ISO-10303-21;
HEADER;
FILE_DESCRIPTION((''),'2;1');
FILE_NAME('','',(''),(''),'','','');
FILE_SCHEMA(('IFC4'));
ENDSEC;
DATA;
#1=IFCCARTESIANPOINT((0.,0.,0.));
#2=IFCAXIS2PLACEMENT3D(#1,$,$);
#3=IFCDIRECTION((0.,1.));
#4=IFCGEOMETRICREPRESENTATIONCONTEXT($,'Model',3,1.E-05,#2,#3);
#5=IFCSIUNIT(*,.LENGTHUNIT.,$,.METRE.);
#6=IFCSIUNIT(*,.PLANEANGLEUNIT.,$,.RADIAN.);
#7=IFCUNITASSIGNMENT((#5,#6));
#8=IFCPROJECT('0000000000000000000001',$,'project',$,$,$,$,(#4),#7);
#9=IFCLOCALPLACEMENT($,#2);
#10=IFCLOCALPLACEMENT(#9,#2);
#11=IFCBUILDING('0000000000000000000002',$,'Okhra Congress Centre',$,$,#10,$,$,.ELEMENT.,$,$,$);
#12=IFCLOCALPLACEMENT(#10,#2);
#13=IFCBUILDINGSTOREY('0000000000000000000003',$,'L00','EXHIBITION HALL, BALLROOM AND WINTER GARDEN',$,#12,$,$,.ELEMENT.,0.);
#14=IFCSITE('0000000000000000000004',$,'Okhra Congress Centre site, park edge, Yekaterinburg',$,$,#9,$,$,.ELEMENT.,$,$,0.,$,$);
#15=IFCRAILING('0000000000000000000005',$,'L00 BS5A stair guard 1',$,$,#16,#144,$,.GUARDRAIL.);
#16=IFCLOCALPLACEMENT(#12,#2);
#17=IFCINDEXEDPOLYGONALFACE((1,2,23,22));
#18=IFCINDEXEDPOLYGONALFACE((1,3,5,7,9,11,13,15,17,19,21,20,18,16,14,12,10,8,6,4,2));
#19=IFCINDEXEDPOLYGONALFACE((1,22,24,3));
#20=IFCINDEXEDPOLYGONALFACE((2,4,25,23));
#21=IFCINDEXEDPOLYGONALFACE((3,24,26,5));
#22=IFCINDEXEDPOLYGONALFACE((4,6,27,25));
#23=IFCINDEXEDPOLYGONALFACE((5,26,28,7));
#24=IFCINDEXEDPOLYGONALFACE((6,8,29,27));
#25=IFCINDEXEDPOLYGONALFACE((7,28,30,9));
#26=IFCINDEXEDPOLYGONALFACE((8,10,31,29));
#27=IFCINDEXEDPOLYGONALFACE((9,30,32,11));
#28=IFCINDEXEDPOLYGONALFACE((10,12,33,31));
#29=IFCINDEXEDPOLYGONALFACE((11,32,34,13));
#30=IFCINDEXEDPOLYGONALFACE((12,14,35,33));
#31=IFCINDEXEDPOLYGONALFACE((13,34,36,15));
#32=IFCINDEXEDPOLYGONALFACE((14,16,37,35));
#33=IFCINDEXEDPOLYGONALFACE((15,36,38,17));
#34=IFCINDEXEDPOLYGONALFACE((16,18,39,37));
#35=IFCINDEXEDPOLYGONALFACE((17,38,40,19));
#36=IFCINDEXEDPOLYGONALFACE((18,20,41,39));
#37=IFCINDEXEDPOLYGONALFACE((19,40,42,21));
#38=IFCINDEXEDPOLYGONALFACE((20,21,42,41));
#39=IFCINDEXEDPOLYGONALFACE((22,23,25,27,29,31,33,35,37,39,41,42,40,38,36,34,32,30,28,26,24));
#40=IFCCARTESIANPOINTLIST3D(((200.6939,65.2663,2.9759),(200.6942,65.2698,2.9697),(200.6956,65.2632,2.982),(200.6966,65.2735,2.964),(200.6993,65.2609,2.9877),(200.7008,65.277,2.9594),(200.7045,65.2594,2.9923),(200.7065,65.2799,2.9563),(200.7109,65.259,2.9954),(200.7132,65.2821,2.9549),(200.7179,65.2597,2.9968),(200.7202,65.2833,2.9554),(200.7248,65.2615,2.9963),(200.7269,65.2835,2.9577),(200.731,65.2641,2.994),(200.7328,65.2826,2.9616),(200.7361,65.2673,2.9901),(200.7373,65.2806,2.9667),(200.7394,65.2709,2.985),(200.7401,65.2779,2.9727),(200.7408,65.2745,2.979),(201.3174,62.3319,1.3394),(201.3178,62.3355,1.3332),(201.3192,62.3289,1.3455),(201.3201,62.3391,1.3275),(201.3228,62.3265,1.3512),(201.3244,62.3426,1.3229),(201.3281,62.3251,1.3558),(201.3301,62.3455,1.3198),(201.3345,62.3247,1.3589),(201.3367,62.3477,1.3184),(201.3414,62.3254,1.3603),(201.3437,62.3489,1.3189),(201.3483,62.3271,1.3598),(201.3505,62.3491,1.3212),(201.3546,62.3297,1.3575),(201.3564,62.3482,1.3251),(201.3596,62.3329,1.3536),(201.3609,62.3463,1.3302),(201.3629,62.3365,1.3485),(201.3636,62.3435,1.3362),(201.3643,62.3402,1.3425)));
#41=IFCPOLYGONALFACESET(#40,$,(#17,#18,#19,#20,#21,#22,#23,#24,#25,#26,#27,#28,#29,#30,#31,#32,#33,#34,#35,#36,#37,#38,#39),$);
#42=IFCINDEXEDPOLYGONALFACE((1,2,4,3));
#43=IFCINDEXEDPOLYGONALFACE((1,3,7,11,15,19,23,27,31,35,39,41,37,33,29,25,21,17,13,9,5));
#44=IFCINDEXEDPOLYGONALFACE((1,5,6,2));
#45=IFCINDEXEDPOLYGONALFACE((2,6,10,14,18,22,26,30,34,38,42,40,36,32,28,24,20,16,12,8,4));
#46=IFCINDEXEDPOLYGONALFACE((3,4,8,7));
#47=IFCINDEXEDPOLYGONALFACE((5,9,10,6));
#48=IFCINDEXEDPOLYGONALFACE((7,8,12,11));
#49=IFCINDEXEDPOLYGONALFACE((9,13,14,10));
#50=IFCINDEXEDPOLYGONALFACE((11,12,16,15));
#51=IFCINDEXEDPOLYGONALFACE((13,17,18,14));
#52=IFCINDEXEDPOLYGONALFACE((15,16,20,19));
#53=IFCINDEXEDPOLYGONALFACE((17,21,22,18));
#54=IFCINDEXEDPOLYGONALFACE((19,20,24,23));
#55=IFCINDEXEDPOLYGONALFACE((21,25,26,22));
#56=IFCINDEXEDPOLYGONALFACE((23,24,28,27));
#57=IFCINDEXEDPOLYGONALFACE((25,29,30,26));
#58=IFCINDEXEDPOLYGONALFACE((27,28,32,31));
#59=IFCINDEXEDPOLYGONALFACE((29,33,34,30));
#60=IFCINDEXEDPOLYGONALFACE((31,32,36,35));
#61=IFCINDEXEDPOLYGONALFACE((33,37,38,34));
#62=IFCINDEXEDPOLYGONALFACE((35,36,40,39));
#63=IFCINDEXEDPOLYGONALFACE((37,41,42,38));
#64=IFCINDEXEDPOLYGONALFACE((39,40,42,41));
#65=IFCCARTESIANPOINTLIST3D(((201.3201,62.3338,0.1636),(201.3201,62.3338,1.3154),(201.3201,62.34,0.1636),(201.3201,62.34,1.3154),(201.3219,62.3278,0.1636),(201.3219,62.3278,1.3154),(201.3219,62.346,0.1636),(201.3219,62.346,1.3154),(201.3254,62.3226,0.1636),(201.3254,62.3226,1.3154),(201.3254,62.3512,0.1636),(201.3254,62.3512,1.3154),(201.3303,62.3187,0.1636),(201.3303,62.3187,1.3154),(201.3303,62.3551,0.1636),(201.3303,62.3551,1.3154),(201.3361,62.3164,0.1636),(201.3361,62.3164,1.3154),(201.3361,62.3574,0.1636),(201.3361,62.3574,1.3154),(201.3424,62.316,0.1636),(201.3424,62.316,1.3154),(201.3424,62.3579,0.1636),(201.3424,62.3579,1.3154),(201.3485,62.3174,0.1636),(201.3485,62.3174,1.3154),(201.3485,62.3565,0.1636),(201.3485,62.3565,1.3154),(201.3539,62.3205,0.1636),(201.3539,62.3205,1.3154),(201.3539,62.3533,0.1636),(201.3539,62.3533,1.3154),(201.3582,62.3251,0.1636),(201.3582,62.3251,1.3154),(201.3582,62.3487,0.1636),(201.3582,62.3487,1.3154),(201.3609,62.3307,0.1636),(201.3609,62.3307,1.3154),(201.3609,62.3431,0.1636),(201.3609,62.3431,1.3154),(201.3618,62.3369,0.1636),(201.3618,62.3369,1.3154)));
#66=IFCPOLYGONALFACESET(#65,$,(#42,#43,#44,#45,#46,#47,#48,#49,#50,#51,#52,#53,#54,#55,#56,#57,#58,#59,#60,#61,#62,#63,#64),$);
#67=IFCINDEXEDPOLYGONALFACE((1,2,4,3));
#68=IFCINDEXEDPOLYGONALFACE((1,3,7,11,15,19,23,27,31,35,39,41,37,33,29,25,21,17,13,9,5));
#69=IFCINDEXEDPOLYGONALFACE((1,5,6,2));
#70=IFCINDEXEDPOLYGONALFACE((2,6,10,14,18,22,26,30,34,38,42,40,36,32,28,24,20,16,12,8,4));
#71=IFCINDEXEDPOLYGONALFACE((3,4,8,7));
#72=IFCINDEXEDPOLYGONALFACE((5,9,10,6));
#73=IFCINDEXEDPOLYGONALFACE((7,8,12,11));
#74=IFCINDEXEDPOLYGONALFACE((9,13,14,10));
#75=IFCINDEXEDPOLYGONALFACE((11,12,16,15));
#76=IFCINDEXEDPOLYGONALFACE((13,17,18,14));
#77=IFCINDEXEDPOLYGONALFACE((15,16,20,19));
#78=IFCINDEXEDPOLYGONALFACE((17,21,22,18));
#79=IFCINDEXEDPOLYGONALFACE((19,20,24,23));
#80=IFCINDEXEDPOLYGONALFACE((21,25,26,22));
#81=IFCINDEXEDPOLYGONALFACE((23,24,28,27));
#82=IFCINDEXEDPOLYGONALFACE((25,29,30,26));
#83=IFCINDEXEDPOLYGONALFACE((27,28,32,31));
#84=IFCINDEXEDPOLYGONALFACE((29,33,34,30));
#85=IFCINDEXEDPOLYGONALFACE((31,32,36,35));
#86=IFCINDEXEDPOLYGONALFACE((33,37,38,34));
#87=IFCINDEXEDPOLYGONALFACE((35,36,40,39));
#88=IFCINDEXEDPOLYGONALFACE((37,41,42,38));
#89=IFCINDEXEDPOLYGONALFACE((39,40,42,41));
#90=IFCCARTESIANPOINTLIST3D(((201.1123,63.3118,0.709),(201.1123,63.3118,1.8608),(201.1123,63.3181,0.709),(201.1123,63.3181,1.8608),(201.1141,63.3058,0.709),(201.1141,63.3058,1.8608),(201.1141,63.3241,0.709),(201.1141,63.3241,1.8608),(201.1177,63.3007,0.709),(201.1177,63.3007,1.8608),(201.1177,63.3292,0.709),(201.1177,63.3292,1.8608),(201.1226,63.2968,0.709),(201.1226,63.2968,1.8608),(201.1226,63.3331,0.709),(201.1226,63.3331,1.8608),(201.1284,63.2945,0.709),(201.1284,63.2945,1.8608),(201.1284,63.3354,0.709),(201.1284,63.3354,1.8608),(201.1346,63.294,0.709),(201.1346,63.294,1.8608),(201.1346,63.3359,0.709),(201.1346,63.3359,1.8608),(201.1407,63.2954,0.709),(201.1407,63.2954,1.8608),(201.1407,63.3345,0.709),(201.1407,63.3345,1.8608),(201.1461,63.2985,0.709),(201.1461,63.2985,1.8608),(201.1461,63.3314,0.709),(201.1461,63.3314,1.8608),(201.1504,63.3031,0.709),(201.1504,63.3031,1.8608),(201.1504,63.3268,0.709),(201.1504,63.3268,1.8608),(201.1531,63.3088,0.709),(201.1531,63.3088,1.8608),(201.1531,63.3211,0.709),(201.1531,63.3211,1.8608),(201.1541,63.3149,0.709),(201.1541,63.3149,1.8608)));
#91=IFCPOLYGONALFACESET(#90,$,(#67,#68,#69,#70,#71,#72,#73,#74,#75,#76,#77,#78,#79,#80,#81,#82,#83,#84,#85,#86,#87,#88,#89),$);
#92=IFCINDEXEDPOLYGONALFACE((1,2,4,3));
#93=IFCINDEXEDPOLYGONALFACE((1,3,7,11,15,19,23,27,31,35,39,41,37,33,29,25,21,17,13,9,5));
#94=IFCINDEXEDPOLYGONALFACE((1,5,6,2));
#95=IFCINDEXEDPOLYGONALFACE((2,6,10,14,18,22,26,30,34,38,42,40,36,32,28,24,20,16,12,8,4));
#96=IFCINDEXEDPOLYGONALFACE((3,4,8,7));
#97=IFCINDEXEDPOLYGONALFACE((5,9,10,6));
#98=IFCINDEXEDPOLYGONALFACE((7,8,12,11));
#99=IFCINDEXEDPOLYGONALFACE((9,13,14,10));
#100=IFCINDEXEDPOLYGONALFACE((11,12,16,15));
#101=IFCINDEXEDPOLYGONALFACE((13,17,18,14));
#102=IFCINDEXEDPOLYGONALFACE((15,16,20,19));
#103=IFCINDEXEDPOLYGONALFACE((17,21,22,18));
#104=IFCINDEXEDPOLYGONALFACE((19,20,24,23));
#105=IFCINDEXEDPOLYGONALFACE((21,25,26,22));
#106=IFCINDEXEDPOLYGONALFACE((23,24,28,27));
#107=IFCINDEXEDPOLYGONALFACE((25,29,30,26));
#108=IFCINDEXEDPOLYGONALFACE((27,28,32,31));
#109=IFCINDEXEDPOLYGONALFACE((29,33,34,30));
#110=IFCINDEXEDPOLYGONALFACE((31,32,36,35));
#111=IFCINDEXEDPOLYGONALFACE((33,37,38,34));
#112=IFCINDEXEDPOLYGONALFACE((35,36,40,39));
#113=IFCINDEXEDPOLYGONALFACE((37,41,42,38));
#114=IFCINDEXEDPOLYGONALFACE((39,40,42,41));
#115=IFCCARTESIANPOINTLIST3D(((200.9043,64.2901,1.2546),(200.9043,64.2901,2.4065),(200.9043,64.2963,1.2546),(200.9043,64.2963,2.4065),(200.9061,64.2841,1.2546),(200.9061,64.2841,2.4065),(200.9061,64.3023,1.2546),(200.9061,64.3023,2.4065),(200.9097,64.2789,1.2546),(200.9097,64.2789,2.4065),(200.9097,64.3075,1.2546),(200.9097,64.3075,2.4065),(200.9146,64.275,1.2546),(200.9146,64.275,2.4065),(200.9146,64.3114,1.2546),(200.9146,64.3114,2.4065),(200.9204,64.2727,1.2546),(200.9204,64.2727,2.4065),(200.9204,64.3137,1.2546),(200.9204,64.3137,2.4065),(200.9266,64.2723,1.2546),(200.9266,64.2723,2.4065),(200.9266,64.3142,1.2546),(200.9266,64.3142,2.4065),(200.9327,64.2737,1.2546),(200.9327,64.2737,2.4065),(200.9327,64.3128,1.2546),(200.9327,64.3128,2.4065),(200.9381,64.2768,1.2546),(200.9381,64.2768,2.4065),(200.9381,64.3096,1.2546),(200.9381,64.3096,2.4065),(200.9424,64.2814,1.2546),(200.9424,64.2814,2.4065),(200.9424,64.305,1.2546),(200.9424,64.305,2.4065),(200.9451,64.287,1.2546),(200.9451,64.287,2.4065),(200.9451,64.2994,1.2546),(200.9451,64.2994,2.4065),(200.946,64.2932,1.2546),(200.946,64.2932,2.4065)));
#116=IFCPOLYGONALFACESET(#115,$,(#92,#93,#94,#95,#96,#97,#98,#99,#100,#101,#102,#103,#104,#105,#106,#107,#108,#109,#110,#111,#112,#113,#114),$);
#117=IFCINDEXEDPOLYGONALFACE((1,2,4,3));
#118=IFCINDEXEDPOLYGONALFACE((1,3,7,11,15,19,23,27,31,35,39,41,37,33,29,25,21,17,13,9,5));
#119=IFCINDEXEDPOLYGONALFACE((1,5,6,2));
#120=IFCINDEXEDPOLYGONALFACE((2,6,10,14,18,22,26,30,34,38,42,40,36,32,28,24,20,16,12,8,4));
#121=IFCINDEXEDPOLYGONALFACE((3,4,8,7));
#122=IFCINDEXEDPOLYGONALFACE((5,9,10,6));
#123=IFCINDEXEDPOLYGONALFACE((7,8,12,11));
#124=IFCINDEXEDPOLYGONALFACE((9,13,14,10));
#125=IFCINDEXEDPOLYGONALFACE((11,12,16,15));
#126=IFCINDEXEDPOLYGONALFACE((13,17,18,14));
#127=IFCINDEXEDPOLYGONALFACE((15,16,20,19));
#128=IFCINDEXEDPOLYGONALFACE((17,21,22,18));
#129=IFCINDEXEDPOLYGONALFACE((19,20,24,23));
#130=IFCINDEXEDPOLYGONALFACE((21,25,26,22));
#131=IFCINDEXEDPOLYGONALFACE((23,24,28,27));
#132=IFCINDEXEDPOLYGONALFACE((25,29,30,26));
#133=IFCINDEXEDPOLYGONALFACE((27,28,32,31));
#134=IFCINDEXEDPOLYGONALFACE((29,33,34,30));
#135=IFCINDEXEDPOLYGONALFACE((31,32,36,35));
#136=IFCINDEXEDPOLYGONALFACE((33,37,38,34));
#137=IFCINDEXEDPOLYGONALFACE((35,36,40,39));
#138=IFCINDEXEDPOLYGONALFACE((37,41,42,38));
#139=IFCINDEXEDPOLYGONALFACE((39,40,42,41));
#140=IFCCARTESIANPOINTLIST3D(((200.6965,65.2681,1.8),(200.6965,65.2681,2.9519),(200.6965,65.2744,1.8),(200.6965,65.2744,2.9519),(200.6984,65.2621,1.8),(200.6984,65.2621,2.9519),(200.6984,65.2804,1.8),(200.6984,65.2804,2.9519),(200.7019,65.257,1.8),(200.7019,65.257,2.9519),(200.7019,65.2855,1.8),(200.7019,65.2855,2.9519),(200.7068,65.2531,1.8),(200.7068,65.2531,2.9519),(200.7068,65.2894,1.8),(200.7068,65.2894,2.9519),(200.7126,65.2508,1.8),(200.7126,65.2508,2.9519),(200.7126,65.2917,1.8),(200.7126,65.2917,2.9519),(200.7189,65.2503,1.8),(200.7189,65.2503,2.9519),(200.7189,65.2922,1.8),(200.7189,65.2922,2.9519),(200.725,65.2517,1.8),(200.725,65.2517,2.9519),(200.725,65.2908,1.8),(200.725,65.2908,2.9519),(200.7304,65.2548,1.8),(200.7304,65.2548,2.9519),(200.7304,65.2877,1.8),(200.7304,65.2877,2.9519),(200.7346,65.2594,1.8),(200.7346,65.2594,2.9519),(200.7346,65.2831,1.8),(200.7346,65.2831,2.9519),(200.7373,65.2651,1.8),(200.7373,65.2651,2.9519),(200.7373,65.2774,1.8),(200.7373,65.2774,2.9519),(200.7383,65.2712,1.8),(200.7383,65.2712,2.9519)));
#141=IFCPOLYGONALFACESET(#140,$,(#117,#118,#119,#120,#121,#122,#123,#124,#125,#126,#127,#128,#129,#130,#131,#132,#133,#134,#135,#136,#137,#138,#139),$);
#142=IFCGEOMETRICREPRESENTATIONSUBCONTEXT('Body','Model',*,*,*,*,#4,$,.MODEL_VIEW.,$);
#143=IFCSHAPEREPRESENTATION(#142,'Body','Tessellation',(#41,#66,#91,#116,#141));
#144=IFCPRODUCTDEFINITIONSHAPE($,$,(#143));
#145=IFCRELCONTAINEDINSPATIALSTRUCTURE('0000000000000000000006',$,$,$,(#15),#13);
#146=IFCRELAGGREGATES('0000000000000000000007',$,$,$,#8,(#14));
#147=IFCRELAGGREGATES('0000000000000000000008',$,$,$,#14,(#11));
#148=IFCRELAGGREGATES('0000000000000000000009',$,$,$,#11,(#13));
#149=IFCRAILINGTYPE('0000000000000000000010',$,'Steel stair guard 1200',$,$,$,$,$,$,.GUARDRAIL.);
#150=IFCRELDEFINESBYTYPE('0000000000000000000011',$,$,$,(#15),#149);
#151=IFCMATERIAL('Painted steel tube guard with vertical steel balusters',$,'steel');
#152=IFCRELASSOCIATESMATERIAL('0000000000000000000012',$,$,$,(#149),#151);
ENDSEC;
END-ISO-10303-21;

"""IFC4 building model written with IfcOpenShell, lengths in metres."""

from ifc_helpers import new_model, si_unit, direction, frame, origin, origin_2d, place, context, subcontext, project, spatial, circle, extrude, material, type_object, element, save


model = new_model("IFC4")

# Units and contexts
model_context = context("Model", 3, precision=1e-05, world=origin(), true_north=direction((0.0, 1.0)))
body_context = subcontext(model_context, "Body", "Model", "MODEL_VIEW")
ifc_project = project(units=[si_unit("LENGTHUNIT", "METRE"), si_unit("PLANEANGLEUNIT", "RADIAN")], contexts=[model_context])

# Site, building, storey
site_placement = place(None, origin())
site = spatial("IfcSite", under=ifc_project, at=site_placement, Name="Okhra Congress Centre site, park edge, Yekaterinburg", CompositionType="ELEMENT", RefElevation=0.0)
building_placement = place(site_placement, origin())
building = spatial("IfcBuilding", under=site, at=building_placement, Name="Okhra Congress Centre", CompositionType="ELEMENT")
storey_placement = place(building_placement, origin())
storey = spatial("IfcBuildingStorey", under=building, at=storey_placement, Name="L00", Description="EXHIBITION HALL, BALLROOM AND WINTER GARDEN", CompositionType="ELEMENT", Elevation=0.0)

# Railing
ifc_material_1 = material(Name="Painted steel tube guard with vertical steel balusters", Category="steel")
railing_type_1 = type_object("IfcRailingType", Name="Steel stair guard 1200", PredefinedType="GUARDRAIL", material=ifc_material_1)
railing_1_placement = place(storey_placement, frame((201.3408, 62.3369, 0.1636)))
element("IfcRailing", 1, at=railing_1_placement, inside=storey, type_object=railing_type_1, Name="L00 BS5A stair guard 1", PredefinedType="GUARDRAIL", context=body_context, shape_type="SweptSolid", body=[
    extrude(circle(Radius=0.0239, at=origin_2d()), frame((0.0, 0.0, 1.1758), z_axis=(-0.182471, 0.858698, 0.478896), x_axis=(-0.978159, -0.207856, 0.0)), (0.0, 0.0, 1.0), 3.4172),
    extrude(circle(Radius=0.021, at=origin_2d()), origin(), (0.0, 0.0, 1.0), 1.1519),
    extrude(circle(Radius=0.021, at=origin_2d()), frame((-0.2078, 0.978, 0.5454)), (0.0, 0.0, 1.0), 1.1519),
    extrude(circle(Radius=0.021, at=origin_2d()), frame((-0.4158, 1.9563, 1.0911)), (0.0, 0.0, 1.0), 1.1519),
    extrude(circle(Radius=0.021, at=origin_2d()), frame((-0.6235, 2.9343, 1.6365)), (0.0, 0.0, 1.0), 1.1519),
])

save(model, "model.ifc")
